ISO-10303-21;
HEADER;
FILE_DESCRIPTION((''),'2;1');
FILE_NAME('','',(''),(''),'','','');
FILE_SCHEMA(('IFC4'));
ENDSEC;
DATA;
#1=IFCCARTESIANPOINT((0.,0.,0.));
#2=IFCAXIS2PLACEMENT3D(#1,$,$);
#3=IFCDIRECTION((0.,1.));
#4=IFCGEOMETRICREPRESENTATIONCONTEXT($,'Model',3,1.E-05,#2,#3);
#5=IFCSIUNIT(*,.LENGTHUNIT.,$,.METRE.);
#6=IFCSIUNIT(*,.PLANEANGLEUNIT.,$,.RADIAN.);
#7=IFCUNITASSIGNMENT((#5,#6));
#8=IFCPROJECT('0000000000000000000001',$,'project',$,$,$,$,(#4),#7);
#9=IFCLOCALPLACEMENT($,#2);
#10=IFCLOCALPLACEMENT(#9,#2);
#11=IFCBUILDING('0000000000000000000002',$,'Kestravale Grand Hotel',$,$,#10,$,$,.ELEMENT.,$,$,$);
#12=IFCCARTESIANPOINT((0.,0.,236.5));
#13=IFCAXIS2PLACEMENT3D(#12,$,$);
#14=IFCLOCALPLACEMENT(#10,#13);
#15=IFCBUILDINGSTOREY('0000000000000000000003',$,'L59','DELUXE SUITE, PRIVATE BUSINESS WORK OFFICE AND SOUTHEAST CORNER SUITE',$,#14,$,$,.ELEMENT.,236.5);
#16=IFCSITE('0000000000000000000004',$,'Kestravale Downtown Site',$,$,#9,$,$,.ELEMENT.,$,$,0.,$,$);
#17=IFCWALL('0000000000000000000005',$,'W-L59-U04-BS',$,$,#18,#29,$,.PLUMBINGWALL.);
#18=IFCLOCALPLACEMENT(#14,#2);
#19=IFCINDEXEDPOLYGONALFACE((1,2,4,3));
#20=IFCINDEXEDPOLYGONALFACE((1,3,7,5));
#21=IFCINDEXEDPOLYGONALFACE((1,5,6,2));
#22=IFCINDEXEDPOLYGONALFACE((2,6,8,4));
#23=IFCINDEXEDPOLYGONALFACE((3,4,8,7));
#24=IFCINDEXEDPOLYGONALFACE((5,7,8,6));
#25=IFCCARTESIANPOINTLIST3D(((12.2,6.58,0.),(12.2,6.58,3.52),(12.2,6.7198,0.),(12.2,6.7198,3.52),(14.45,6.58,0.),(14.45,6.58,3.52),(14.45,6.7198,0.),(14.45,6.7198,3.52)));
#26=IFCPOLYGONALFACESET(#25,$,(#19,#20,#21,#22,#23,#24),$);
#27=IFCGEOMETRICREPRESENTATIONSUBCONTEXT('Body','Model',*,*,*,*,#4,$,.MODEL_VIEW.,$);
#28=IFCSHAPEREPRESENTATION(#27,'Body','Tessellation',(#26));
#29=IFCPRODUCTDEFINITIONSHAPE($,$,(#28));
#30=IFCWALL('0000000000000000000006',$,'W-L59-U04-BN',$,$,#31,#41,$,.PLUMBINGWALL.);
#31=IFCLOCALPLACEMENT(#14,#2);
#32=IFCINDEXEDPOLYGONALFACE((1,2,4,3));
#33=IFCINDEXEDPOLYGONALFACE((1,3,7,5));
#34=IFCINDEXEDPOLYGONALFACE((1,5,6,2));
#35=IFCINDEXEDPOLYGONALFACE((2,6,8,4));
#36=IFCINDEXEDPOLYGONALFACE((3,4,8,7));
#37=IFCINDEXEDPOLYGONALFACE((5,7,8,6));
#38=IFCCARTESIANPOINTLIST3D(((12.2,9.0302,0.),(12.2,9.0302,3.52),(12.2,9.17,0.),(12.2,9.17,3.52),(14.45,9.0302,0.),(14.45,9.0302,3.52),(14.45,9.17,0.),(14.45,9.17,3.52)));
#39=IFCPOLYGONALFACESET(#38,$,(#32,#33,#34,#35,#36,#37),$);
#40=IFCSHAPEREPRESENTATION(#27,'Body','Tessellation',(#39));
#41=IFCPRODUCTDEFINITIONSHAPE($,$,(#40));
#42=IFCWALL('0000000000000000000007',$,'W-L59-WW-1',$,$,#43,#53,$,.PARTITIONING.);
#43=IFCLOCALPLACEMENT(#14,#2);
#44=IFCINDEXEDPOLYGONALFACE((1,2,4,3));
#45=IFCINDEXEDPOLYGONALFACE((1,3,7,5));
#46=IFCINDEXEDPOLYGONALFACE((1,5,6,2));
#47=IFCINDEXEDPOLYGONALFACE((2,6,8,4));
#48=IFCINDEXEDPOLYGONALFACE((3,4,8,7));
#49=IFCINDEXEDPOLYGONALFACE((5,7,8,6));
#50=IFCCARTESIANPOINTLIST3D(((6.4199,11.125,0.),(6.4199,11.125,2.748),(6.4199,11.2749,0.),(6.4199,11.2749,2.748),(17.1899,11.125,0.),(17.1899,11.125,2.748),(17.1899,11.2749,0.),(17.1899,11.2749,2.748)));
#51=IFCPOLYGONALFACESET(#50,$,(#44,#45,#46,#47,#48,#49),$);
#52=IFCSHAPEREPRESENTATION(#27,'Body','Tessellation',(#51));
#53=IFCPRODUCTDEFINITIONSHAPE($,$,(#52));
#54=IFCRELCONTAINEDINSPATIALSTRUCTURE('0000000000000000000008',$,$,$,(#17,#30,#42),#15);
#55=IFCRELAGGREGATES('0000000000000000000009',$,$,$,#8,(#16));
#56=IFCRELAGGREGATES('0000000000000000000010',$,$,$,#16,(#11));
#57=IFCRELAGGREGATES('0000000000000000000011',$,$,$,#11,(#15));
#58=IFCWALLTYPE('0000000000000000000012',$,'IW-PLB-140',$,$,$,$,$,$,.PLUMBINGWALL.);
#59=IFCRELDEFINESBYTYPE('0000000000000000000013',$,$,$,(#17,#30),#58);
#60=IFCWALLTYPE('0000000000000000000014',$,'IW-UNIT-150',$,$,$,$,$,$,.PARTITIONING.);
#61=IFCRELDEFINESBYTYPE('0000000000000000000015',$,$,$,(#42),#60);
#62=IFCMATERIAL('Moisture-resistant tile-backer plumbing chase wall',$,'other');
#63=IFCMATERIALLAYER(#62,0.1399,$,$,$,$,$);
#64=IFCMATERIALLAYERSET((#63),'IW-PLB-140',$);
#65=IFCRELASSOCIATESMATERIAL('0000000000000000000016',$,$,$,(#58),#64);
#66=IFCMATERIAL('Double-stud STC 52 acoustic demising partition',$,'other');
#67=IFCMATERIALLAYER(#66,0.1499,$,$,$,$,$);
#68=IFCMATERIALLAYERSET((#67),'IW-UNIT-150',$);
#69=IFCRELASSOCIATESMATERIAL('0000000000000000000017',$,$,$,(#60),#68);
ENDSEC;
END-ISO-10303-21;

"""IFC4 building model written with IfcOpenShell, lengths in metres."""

from ifc_helpers import new_model, si_unit, direction, frame, frame_2d, origin, place, context, subcontext, project, spatial, rectangle, extrude, material, layer, layer_set, type_object, element, save


model = new_model("IFC4")

# Units and contexts
model_context = context("Model", 3, precision=1e-05, world=origin(), true_north=direction((0.0, 1.0)))
body_context = subcontext(model_context, "Body", "Model", "MODEL_VIEW")
ifc_project = project(units=[si_unit("LENGTHUNIT", "METRE"), si_unit("PLANEANGLEUNIT", "RADIAN")], contexts=[model_context])

# Site, building, storey
site_placement = place(None, origin())
site = spatial("IfcSite", under=ifc_project, at=site_placement, Name="Kestravale Downtown Site", CompositionType="ELEMENT", RefElevation=0.0)
building_placement = place(site_placement, origin())
building = spatial("IfcBuilding", under=site, at=building_placement, Name="Kestravale Grand Hotel", CompositionType="ELEMENT")
storey_placement = place(building_placement, frame((0.0, 0.0, 236.5)))
storey = spatial("IfcBuildingStorey", under=building, at=storey_placement, Name="L59", Description="DELUXE SUITE, PRIVATE BUSINESS WORK OFFICE AND SOUTHEAST CORNER SUITE", CompositionType="ELEMENT", Elevation=236.5)

# Shared definitions
ifc_material_1 = material(Name="Moisture-resistant tile-backer plumbing chase wall", Category="other")
ifc_layer_1 = layer(ifc_material_1, 0.1399)
ifc_layer_set_1 = layer_set([ifc_layer_1], Name="IW-PLB-140")
wall_type_1 = type_object("IfcWallType", Name="IW-PLB-140", PredefinedType="PLUMBINGWALL", material=ifc_layer_set_1)

# Walls
for number, where, z_axis, x_axis, name in (
    (1, (12.2, 6.6499, 0.0), (0.0, 0.0, 1.0), (1.0, 0.0, 0.0), "W-L59-U04-BS"),
    (2, (12.2, 9.1001, 0.0), (0.0, 0.0, 1.0), (1.0, 0.0, 0.0), "W-L59-U04-BN"),
):
    element("IfcWall", number, at=place(storey_placement, frame(where, z_axis=z_axis, x_axis=x_axis)), inside=storey, type_object=wall_type_1, Name=name, PredefinedType="PLUMBINGWALL", context=body_context, shape_type="SweptSolid", body=[
        extrude(rectangle(XDim=2.25, YDim=0.1399, at=frame_2d((1.125, 0.0))), origin(), (0.0, 0.0, 1.0), 3.52),
    ])
ifc_material_2 = material(Name="Double-stud STC 52 acoustic demising partition", Category="other")
ifc_layer_2 = layer(ifc_material_2, 0.1499)
ifc_layer_set_2 = layer_set([ifc_layer_2], Name="IW-UNIT-150")
wall_type_2 = type_object("IfcWallType", Name="IW-UNIT-150", PredefinedType="PARTITIONING", material=ifc_layer_set_2)
wall_1_placement = place(storey_placement, frame((6.4199, 11.2, 0.0), z_axis=(0.0, 0.0, 1.0), x_axis=(1.0, 0.0, 0.0)))
element("IfcWall", 3, at=wall_1_placement, inside=storey, type_object=wall_type_2, Name="W-L59-WW-1", PredefinedType="PARTITIONING", context=body_context, shape_type="SweptSolid", body=[
    extrude(rectangle(XDim=10.77, YDim=0.1499, at=frame_2d((5.385, 0.0))), origin(), (0.0, 0.0, 1.0), 2.748),
])

save(model, "model.ifc")
